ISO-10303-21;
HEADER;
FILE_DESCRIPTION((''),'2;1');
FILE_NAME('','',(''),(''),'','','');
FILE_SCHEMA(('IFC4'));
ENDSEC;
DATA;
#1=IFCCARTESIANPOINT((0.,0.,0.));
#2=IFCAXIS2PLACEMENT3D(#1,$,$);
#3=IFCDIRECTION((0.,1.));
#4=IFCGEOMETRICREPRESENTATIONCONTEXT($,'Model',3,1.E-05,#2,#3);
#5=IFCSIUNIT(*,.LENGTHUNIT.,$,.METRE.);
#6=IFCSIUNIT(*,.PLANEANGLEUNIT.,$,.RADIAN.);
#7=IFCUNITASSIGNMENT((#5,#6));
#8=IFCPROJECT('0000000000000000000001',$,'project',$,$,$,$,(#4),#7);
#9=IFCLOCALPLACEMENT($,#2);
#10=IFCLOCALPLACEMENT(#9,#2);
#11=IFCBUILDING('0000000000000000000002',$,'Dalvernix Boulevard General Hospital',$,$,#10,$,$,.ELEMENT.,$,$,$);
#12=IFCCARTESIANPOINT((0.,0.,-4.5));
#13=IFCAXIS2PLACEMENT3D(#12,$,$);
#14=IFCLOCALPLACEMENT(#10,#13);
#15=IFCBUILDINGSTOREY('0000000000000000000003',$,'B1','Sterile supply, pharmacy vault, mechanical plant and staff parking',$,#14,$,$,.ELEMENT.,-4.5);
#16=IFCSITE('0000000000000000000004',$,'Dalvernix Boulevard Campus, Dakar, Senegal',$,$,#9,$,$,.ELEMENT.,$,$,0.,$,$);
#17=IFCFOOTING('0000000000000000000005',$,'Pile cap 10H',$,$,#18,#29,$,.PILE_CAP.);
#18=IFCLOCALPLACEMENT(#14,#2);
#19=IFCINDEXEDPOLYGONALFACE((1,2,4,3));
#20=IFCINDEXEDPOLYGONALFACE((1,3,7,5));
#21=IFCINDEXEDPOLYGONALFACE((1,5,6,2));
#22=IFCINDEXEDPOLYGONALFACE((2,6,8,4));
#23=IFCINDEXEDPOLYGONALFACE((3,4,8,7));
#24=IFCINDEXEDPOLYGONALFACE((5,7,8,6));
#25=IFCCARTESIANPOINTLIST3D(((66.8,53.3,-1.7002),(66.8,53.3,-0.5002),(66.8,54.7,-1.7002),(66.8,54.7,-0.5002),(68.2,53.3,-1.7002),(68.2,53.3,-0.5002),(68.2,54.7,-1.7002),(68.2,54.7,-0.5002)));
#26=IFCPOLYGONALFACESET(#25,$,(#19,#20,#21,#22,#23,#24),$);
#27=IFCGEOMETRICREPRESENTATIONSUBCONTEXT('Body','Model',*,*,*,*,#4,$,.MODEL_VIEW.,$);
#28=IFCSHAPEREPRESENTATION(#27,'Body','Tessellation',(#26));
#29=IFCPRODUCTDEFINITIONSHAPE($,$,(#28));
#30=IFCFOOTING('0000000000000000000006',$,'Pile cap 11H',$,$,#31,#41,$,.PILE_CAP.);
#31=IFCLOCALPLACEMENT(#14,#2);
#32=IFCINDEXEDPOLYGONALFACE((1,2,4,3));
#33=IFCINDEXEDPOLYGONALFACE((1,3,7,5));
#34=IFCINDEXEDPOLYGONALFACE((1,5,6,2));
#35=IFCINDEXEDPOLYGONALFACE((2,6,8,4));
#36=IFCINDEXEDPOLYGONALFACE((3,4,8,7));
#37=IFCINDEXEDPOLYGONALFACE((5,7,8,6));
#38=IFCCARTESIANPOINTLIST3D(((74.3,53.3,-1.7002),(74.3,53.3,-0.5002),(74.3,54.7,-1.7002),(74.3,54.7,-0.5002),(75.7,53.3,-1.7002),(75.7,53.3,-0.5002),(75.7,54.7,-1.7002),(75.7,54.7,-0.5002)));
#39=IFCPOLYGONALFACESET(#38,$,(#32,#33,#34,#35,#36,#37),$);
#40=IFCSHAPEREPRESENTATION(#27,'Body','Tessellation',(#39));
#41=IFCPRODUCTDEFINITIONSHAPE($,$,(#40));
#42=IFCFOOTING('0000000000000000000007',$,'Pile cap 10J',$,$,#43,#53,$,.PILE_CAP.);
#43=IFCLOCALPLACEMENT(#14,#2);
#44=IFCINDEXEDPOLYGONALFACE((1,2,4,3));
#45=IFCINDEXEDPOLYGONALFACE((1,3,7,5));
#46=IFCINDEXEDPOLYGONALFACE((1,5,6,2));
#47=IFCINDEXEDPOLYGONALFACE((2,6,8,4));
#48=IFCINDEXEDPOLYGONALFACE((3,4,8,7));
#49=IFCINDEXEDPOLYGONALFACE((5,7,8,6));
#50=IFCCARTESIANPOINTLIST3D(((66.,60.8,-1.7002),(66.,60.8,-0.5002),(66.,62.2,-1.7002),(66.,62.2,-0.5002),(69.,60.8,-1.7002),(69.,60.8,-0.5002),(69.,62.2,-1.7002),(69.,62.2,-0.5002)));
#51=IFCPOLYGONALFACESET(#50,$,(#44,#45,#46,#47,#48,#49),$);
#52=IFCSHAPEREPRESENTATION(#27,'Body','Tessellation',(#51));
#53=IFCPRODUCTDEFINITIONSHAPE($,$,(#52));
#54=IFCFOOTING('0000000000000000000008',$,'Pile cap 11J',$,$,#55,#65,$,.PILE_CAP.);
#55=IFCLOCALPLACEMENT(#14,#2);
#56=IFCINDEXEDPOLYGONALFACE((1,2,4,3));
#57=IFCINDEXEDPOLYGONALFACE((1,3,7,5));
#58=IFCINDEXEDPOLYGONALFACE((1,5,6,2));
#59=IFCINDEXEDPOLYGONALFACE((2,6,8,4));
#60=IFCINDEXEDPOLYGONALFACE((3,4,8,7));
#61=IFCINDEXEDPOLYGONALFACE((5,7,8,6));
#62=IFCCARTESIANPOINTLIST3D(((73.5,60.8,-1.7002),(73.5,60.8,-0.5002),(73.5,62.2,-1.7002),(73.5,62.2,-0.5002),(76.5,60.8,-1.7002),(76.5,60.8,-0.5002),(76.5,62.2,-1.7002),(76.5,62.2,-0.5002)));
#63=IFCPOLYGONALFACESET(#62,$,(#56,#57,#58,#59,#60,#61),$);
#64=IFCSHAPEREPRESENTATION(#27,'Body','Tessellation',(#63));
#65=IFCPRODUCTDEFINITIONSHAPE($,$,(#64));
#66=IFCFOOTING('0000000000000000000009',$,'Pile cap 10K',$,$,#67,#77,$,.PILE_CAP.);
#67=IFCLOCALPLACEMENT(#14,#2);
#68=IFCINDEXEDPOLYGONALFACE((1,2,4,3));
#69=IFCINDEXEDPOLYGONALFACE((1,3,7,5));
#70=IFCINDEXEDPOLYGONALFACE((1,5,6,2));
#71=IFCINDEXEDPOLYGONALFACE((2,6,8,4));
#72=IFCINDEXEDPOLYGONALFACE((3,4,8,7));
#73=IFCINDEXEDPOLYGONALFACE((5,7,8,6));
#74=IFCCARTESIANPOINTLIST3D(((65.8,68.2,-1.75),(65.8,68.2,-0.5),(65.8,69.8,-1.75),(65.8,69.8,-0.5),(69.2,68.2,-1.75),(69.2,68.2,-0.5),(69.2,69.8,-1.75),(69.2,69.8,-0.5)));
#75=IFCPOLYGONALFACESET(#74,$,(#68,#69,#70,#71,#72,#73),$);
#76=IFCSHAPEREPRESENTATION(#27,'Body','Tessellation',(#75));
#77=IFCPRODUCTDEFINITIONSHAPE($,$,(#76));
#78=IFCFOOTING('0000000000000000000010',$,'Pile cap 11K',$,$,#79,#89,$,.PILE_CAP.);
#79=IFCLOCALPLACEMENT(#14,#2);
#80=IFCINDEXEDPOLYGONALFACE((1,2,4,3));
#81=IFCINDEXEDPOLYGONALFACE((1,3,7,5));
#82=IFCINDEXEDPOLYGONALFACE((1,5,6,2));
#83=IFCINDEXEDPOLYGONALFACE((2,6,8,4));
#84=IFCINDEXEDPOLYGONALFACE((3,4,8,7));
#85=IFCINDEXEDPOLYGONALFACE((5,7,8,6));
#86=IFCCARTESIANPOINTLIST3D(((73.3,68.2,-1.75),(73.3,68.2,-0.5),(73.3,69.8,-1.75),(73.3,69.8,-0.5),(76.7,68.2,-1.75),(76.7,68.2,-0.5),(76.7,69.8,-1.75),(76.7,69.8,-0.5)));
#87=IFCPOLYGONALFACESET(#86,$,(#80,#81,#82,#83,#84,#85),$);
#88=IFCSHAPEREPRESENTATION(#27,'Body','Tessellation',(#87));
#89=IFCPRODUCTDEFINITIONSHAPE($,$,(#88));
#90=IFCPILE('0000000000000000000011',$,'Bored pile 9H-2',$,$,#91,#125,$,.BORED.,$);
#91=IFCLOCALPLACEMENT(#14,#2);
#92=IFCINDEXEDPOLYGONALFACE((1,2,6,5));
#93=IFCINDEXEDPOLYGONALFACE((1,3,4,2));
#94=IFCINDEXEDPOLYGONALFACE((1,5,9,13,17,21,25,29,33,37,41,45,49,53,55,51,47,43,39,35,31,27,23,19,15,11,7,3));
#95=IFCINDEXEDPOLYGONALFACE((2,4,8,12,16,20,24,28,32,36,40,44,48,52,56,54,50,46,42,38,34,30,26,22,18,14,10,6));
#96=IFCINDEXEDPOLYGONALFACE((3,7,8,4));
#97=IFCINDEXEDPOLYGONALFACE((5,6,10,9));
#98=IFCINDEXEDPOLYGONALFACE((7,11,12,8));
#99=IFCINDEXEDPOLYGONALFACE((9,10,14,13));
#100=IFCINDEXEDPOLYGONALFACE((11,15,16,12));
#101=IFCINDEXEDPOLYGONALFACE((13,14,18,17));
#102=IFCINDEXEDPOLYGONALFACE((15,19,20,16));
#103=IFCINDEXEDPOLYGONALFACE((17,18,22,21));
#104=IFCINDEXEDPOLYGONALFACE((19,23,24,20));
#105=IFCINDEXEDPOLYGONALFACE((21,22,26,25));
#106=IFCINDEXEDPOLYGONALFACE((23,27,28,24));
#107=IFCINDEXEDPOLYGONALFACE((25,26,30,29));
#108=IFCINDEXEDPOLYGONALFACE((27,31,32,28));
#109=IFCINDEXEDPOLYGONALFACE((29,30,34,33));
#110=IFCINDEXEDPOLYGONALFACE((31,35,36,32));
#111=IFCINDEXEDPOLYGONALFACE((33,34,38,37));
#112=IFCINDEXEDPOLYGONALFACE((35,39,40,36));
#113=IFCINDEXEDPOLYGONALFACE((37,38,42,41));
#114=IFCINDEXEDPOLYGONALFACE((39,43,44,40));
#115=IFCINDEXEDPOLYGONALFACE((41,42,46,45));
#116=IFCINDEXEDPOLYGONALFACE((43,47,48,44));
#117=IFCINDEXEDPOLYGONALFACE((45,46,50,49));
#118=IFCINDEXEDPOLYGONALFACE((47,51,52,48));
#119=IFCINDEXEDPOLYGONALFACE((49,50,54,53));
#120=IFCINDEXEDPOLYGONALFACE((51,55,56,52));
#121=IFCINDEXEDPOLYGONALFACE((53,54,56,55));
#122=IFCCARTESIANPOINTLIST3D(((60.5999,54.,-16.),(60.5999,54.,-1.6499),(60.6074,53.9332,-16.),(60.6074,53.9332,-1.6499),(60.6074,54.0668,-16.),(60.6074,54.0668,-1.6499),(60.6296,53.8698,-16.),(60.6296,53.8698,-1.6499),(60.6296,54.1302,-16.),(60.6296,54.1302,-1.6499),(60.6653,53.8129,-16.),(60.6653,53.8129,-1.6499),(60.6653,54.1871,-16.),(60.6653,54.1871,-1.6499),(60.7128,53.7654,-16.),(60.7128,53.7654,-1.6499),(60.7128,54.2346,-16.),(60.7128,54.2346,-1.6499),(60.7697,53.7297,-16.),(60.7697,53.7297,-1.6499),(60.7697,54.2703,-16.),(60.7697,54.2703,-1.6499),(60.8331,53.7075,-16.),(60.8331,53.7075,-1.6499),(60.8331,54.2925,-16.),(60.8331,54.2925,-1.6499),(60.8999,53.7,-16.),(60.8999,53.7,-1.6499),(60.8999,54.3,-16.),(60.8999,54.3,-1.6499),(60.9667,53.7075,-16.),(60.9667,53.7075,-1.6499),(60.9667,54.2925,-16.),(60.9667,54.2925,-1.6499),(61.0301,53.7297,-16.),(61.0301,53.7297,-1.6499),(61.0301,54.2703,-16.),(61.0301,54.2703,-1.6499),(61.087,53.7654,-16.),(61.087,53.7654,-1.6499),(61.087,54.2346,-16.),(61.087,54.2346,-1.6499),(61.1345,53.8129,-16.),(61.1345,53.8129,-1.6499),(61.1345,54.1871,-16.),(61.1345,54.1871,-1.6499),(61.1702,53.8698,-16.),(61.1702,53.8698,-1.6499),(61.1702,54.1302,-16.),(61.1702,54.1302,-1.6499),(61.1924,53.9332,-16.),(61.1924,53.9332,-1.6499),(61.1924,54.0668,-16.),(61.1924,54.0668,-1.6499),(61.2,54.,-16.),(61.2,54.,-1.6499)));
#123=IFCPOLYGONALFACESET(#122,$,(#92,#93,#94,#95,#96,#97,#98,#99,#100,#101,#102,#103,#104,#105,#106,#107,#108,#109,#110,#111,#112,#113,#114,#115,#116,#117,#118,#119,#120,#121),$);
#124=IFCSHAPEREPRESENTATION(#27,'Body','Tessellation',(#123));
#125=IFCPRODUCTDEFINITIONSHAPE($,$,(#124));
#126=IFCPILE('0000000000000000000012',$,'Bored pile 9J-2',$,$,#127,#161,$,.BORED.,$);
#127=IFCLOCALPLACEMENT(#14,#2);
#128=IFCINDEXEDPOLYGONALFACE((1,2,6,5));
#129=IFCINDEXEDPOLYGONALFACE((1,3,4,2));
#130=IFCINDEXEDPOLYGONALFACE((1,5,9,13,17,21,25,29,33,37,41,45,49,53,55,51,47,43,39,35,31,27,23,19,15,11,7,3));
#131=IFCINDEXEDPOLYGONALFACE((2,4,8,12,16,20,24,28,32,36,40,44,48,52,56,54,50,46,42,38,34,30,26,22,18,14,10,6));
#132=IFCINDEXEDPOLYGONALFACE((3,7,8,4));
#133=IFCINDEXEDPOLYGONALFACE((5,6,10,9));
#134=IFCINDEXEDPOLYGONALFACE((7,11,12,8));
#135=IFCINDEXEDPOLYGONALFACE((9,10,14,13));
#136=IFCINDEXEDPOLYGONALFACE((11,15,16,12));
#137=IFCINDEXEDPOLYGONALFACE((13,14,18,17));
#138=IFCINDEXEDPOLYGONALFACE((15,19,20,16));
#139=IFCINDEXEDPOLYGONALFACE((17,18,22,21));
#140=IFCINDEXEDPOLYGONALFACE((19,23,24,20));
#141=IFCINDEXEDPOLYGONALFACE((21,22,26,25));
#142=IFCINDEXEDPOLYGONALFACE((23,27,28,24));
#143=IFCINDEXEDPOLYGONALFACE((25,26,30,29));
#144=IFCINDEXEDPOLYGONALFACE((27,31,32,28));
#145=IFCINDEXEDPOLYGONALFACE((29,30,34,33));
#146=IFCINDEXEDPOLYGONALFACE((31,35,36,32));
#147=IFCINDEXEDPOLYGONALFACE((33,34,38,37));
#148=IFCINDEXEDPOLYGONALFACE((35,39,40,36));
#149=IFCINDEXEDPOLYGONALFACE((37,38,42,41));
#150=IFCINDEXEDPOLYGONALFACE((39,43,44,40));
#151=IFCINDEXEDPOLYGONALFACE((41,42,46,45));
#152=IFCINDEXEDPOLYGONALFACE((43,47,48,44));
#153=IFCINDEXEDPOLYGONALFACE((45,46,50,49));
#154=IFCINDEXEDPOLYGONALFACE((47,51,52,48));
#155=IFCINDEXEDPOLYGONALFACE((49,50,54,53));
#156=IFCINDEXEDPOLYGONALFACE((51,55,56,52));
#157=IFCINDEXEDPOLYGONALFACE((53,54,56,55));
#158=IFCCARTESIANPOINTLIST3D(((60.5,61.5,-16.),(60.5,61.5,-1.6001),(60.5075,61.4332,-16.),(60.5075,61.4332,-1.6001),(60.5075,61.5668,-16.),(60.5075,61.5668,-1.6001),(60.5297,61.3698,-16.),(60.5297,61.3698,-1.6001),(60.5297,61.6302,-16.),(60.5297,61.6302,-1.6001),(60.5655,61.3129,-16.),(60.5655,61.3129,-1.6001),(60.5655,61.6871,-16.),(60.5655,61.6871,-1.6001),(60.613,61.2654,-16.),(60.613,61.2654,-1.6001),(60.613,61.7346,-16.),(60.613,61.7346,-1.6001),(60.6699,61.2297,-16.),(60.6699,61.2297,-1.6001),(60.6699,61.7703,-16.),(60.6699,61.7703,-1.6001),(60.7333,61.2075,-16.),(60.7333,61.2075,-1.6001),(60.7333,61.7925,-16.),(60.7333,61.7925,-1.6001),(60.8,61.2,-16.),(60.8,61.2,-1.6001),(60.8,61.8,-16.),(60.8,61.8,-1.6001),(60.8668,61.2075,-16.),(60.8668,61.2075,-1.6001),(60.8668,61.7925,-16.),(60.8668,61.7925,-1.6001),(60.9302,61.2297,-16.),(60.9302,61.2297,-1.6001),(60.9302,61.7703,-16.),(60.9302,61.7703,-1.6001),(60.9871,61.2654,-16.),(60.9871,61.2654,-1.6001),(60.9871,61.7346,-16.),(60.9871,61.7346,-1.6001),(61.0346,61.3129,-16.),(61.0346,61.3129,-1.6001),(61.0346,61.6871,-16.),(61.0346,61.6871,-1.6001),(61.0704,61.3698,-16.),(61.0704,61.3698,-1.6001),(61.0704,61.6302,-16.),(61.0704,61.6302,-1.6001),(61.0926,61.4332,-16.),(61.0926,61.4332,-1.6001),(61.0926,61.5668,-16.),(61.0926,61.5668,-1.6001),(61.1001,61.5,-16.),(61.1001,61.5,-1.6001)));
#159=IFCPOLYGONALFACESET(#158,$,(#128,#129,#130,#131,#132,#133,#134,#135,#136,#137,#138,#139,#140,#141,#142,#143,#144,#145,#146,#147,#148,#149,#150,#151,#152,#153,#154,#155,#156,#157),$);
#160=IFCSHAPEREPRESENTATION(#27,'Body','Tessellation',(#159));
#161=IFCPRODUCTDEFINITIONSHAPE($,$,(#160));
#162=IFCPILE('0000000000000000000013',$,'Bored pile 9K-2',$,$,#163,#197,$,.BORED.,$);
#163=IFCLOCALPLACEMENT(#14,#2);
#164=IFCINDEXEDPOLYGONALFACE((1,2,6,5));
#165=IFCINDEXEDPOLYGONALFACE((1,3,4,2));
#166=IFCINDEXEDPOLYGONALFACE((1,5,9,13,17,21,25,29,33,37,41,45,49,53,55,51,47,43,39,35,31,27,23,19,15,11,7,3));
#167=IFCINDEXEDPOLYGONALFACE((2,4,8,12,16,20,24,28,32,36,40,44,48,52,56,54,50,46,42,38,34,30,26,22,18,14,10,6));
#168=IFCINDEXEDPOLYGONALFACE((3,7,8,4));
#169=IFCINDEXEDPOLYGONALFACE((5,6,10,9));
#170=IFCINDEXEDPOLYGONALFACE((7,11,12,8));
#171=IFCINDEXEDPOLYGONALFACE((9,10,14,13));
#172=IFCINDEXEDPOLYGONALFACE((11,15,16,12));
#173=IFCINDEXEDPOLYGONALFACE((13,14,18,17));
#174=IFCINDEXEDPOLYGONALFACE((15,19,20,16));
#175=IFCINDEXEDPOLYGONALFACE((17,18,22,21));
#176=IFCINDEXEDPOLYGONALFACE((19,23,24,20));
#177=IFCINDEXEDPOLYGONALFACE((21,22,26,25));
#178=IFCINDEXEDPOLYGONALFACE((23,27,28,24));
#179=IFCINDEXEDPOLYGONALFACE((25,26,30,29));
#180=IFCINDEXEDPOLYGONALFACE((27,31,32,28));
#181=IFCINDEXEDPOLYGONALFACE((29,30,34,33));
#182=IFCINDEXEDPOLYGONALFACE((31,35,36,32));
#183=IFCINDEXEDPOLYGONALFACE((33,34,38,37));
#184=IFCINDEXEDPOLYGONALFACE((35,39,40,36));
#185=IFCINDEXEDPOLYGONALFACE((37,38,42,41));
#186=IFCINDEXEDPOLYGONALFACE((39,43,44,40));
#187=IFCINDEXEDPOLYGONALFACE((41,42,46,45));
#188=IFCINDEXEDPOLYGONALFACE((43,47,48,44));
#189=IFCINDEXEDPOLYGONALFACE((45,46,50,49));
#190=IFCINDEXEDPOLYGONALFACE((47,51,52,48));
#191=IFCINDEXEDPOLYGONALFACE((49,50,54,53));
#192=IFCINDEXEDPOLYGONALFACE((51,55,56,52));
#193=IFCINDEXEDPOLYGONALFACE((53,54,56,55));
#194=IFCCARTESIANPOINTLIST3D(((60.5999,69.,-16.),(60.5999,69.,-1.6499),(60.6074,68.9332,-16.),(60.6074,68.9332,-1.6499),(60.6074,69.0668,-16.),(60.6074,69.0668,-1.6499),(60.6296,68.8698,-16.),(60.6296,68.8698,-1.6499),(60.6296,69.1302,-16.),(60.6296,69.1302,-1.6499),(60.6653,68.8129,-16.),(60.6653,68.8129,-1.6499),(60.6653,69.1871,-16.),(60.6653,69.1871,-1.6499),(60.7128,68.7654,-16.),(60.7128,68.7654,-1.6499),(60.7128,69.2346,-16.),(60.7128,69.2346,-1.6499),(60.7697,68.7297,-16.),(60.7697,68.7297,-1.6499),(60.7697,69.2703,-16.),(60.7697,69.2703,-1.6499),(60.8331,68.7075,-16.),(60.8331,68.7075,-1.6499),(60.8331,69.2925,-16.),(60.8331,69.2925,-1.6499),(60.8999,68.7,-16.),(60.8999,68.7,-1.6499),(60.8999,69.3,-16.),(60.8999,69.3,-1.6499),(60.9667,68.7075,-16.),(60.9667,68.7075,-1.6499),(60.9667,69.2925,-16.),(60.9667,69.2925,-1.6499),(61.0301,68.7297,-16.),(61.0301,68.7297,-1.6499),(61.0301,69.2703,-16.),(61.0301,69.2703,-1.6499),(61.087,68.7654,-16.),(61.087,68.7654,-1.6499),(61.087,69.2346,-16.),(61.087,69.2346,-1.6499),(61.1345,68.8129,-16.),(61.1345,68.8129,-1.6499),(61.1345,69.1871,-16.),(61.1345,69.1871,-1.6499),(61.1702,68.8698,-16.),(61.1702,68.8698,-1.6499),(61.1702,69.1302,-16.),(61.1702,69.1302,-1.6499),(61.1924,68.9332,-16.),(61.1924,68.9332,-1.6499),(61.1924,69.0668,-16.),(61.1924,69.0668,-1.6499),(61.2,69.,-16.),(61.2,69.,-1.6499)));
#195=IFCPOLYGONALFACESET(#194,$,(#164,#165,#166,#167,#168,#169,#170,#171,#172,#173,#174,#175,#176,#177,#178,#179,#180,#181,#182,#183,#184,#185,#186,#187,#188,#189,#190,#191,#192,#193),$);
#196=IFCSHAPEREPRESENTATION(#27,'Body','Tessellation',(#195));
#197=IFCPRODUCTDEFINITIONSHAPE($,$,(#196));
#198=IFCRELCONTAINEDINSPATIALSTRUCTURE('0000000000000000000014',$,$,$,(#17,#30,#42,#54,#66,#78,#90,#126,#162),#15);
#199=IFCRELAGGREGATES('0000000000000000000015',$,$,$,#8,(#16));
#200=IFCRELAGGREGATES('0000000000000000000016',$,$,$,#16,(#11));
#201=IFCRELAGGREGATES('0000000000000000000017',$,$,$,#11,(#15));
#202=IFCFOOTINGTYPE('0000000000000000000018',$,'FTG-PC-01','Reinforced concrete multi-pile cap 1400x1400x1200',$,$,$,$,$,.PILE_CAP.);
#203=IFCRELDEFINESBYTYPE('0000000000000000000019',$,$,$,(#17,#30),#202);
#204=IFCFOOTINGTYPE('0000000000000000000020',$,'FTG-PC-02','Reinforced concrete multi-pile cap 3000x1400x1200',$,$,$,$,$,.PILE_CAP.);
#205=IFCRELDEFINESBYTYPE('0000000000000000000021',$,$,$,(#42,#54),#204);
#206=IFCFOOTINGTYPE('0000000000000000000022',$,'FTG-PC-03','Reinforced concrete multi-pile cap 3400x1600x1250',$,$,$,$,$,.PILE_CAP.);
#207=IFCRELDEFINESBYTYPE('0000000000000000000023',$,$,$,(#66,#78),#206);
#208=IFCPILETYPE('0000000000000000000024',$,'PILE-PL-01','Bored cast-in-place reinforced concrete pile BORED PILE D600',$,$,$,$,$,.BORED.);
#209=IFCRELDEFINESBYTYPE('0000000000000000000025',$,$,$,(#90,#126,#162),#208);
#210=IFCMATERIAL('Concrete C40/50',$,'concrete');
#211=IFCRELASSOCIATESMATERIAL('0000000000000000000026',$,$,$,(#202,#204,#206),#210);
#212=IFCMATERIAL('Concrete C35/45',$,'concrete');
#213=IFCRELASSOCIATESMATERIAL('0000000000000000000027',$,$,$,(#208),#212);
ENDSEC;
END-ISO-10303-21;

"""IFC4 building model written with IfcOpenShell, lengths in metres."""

from ifc_helpers import new_model, si_unit, direction, frame, origin, origin_2d, place, context, subcontext, project, spatial, rectangle, circle, extrude, material, material_profile, profile_set, type_object, element, save


model = new_model("IFC4")

# Units and contexts
model_context = context("Model", 3, precision=1e-05, world=origin(), true_north=direction((0.0, 1.0)))
body_context = subcontext(model_context, "Body", "Model", "MODEL_VIEW")
ifc_project = project(units=[si_unit("LENGTHUNIT", "METRE"), si_unit("PLANEANGLEUNIT", "RADIAN")], contexts=[model_context])

# Site, building, storey
site_placement = place(None, origin())
site = spatial("IfcSite", under=ifc_project, at=site_placement, Name="Dalvernix Boulevard Campus, Dakar, Senegal", CompositionType="ELEMENT", RefElevation=0.0)
building_placement = place(site_placement, origin())
building = spatial("IfcBuilding", under=site, at=building_placement, Name="Dalvernix Boulevard General Hospital", CompositionType="ELEMENT")
storey_placement = place(building_placement, frame((0.0, 0.0, -4.5)))
storey = spatial("IfcBuildingStorey", under=building, at=storey_placement, Name="B1", Description="Sterile supply, pharmacy vault, mechanical plant and staff parking", CompositionType="ELEMENT", Elevation=-4.5)

# Footings
ifc_material_1 = material(Name="Concrete C35/45", Category="concrete")
ifc_material_2 = material(Name="Concrete C40/50", Category="concrete")
footing_type_1 = type_object("IfcFootingType", Name="FTG-PC-01", Description="Reinforced concrete multi-pile cap 1400x1400x1200", PredefinedType="PILE_CAP", material=ifc_material_2)
for number, where, z_axis, x_axis, name in (
    (1, (67.5, 54.0, -1.7002), (0.0, 0.0, 1.0), (1.0, 0.0, 0.0), "Pile cap 10H"),
    (2, (75.0, 54.0, -1.7002), (0.0, 0.0, 1.0), (1.0, 0.0, 0.0), "Pile cap 11H"),
):
    element("IfcFooting", number, at=place(storey_placement, frame(where, z_axis=z_axis, x_axis=x_axis)), inside=storey, type_object=footing_type_1, Name=name, PredefinedType="PILE_CAP", context=body_context, shape_type="SweptSolid", body=[
        extrude(rectangle(XDim=1.3999, YDim=1.3999, at=origin_2d()), origin(), (0.0, 0.0, 1.0), 1.2),
    ])
footing_type_2 = type_object("IfcFootingType", Name="FTG-PC-02", Description="Reinforced concrete multi-pile cap 3000x1400x1200", PredefinedType="PILE_CAP", material=ifc_material_2)
for number, where, z_axis, x_axis, name in (
    (3, (67.5, 61.5, -1.7002), (0.0, 0.0, 1.0), (1.0, 0.0, 0.0), "Pile cap 10J"),
    (4, (75.0, 61.5, -1.7002), (0.0, 0.0, 1.0), (1.0, 0.0, 0.0), "Pile cap 11J"),
):
    element("IfcFooting", number, at=place(storey_placement, frame(where, z_axis=z_axis, x_axis=x_axis)), inside=storey, type_object=footing_type_2, Name=name, PredefinedType="PILE_CAP", context=body_context, shape_type="SweptSolid", body=[
        extrude(rectangle(XDim=3.0, YDim=1.3999, at=origin_2d()), origin(), (0.0, 0.0, 1.0), 1.2),
    ])
footing_type_3 = type_object("IfcFootingType", Name="FTG-PC-03", Description="Reinforced concrete multi-pile cap 3400x1600x1250", PredefinedType="PILE_CAP", material=ifc_material_2)
for number, where, z_axis, x_axis, name in (
    (5, (67.5, 69.0, -1.75), (0.0, 0.0, 1.0), (1.0, 0.0, 0.0), "Pile cap 10K"),
    (6, (75.0, 69.0, -1.75), (0.0, 0.0, 1.0), (1.0, 0.0, 0.0), "Pile cap 11K"),
):
    element("IfcFooting", number, at=place(storey_placement, frame(where, z_axis=z_axis, x_axis=x_axis)), inside=storey, type_object=footing_type_3, Name=name, PredefinedType="PILE_CAP", context=body_context, shape_type="SweptSolid", body=[
        extrude(rectangle(XDim=3.3999, YDim=1.6001, at=origin_2d()), origin(), (0.0, 0.0, 1.0), 1.25),
    ])

# Piles
ifc_material_profile_1 = material_profile(ifc_material_1, circle(Radius=0.3, at=origin_2d()), Name="BORED PILE D600")
ifc_profile_set_1 = profile_set([ifc_material_profile_1], Name="Concrete C35/45")
pile_type = type_object("IfcPileType", Name="PILE-PL-01", Description="Bored cast-in-place reinforced concrete pile BORED PILE D600", PredefinedType="BORED", material=ifc_profile_set_1)
pile_1_placement = place(storey_placement, frame((60.8999, 54.0, -1.6499), z_axis=(0.0, 0.0, -1.0), x_axis=(1.0, 0.0, 0.0)))
element("IfcPile", 7, at=pile_1_placement, inside=storey, type_object=pile_type, Name="Bored pile 9H-2", PredefinedType="BORED", context=body_context, shape_type="SweptSolid", body=[
    extrude(circle(Radius=0.3, at=origin_2d()), origin(), (0.0, 0.0, 1.0), 14.3501),
])
pile_2_placement = place(storey_placement, frame((60.8, 61.5, -1.6001), z_axis=(0.0, 0.0, -1.0), x_axis=(1.0, 0.0, 0.0)))
element("IfcPile", 8, at=pile_2_placement, inside=storey, type_object=pile_type, Name="Bored pile 9J-2", PredefinedType="BORED", context=body_context, shape_type="SweptSolid", body=[
    extrude(circle(Radius=0.3, at=origin_2d()), origin(), (0.0, 0.0, 1.0), 14.3999),
])
pile_3_placement = place(storey_placement, frame((60.8999, 69.0, -1.6499), z_axis=(0.0, 0.0, -1.0), x_axis=(1.0, 0.0, 0.0)))
element("IfcPile", 9, at=pile_3_placement, inside=storey, type_object=pile_type, Name="Bored pile 9K-2", PredefinedType="BORED", context=body_context, shape_type="SweptSolid", body=[
    extrude(circle(Radius=0.3, at=origin_2d()), origin(), (0.0, 0.0, 1.0), 14.3501),
])

save(model, "model.ifc")
